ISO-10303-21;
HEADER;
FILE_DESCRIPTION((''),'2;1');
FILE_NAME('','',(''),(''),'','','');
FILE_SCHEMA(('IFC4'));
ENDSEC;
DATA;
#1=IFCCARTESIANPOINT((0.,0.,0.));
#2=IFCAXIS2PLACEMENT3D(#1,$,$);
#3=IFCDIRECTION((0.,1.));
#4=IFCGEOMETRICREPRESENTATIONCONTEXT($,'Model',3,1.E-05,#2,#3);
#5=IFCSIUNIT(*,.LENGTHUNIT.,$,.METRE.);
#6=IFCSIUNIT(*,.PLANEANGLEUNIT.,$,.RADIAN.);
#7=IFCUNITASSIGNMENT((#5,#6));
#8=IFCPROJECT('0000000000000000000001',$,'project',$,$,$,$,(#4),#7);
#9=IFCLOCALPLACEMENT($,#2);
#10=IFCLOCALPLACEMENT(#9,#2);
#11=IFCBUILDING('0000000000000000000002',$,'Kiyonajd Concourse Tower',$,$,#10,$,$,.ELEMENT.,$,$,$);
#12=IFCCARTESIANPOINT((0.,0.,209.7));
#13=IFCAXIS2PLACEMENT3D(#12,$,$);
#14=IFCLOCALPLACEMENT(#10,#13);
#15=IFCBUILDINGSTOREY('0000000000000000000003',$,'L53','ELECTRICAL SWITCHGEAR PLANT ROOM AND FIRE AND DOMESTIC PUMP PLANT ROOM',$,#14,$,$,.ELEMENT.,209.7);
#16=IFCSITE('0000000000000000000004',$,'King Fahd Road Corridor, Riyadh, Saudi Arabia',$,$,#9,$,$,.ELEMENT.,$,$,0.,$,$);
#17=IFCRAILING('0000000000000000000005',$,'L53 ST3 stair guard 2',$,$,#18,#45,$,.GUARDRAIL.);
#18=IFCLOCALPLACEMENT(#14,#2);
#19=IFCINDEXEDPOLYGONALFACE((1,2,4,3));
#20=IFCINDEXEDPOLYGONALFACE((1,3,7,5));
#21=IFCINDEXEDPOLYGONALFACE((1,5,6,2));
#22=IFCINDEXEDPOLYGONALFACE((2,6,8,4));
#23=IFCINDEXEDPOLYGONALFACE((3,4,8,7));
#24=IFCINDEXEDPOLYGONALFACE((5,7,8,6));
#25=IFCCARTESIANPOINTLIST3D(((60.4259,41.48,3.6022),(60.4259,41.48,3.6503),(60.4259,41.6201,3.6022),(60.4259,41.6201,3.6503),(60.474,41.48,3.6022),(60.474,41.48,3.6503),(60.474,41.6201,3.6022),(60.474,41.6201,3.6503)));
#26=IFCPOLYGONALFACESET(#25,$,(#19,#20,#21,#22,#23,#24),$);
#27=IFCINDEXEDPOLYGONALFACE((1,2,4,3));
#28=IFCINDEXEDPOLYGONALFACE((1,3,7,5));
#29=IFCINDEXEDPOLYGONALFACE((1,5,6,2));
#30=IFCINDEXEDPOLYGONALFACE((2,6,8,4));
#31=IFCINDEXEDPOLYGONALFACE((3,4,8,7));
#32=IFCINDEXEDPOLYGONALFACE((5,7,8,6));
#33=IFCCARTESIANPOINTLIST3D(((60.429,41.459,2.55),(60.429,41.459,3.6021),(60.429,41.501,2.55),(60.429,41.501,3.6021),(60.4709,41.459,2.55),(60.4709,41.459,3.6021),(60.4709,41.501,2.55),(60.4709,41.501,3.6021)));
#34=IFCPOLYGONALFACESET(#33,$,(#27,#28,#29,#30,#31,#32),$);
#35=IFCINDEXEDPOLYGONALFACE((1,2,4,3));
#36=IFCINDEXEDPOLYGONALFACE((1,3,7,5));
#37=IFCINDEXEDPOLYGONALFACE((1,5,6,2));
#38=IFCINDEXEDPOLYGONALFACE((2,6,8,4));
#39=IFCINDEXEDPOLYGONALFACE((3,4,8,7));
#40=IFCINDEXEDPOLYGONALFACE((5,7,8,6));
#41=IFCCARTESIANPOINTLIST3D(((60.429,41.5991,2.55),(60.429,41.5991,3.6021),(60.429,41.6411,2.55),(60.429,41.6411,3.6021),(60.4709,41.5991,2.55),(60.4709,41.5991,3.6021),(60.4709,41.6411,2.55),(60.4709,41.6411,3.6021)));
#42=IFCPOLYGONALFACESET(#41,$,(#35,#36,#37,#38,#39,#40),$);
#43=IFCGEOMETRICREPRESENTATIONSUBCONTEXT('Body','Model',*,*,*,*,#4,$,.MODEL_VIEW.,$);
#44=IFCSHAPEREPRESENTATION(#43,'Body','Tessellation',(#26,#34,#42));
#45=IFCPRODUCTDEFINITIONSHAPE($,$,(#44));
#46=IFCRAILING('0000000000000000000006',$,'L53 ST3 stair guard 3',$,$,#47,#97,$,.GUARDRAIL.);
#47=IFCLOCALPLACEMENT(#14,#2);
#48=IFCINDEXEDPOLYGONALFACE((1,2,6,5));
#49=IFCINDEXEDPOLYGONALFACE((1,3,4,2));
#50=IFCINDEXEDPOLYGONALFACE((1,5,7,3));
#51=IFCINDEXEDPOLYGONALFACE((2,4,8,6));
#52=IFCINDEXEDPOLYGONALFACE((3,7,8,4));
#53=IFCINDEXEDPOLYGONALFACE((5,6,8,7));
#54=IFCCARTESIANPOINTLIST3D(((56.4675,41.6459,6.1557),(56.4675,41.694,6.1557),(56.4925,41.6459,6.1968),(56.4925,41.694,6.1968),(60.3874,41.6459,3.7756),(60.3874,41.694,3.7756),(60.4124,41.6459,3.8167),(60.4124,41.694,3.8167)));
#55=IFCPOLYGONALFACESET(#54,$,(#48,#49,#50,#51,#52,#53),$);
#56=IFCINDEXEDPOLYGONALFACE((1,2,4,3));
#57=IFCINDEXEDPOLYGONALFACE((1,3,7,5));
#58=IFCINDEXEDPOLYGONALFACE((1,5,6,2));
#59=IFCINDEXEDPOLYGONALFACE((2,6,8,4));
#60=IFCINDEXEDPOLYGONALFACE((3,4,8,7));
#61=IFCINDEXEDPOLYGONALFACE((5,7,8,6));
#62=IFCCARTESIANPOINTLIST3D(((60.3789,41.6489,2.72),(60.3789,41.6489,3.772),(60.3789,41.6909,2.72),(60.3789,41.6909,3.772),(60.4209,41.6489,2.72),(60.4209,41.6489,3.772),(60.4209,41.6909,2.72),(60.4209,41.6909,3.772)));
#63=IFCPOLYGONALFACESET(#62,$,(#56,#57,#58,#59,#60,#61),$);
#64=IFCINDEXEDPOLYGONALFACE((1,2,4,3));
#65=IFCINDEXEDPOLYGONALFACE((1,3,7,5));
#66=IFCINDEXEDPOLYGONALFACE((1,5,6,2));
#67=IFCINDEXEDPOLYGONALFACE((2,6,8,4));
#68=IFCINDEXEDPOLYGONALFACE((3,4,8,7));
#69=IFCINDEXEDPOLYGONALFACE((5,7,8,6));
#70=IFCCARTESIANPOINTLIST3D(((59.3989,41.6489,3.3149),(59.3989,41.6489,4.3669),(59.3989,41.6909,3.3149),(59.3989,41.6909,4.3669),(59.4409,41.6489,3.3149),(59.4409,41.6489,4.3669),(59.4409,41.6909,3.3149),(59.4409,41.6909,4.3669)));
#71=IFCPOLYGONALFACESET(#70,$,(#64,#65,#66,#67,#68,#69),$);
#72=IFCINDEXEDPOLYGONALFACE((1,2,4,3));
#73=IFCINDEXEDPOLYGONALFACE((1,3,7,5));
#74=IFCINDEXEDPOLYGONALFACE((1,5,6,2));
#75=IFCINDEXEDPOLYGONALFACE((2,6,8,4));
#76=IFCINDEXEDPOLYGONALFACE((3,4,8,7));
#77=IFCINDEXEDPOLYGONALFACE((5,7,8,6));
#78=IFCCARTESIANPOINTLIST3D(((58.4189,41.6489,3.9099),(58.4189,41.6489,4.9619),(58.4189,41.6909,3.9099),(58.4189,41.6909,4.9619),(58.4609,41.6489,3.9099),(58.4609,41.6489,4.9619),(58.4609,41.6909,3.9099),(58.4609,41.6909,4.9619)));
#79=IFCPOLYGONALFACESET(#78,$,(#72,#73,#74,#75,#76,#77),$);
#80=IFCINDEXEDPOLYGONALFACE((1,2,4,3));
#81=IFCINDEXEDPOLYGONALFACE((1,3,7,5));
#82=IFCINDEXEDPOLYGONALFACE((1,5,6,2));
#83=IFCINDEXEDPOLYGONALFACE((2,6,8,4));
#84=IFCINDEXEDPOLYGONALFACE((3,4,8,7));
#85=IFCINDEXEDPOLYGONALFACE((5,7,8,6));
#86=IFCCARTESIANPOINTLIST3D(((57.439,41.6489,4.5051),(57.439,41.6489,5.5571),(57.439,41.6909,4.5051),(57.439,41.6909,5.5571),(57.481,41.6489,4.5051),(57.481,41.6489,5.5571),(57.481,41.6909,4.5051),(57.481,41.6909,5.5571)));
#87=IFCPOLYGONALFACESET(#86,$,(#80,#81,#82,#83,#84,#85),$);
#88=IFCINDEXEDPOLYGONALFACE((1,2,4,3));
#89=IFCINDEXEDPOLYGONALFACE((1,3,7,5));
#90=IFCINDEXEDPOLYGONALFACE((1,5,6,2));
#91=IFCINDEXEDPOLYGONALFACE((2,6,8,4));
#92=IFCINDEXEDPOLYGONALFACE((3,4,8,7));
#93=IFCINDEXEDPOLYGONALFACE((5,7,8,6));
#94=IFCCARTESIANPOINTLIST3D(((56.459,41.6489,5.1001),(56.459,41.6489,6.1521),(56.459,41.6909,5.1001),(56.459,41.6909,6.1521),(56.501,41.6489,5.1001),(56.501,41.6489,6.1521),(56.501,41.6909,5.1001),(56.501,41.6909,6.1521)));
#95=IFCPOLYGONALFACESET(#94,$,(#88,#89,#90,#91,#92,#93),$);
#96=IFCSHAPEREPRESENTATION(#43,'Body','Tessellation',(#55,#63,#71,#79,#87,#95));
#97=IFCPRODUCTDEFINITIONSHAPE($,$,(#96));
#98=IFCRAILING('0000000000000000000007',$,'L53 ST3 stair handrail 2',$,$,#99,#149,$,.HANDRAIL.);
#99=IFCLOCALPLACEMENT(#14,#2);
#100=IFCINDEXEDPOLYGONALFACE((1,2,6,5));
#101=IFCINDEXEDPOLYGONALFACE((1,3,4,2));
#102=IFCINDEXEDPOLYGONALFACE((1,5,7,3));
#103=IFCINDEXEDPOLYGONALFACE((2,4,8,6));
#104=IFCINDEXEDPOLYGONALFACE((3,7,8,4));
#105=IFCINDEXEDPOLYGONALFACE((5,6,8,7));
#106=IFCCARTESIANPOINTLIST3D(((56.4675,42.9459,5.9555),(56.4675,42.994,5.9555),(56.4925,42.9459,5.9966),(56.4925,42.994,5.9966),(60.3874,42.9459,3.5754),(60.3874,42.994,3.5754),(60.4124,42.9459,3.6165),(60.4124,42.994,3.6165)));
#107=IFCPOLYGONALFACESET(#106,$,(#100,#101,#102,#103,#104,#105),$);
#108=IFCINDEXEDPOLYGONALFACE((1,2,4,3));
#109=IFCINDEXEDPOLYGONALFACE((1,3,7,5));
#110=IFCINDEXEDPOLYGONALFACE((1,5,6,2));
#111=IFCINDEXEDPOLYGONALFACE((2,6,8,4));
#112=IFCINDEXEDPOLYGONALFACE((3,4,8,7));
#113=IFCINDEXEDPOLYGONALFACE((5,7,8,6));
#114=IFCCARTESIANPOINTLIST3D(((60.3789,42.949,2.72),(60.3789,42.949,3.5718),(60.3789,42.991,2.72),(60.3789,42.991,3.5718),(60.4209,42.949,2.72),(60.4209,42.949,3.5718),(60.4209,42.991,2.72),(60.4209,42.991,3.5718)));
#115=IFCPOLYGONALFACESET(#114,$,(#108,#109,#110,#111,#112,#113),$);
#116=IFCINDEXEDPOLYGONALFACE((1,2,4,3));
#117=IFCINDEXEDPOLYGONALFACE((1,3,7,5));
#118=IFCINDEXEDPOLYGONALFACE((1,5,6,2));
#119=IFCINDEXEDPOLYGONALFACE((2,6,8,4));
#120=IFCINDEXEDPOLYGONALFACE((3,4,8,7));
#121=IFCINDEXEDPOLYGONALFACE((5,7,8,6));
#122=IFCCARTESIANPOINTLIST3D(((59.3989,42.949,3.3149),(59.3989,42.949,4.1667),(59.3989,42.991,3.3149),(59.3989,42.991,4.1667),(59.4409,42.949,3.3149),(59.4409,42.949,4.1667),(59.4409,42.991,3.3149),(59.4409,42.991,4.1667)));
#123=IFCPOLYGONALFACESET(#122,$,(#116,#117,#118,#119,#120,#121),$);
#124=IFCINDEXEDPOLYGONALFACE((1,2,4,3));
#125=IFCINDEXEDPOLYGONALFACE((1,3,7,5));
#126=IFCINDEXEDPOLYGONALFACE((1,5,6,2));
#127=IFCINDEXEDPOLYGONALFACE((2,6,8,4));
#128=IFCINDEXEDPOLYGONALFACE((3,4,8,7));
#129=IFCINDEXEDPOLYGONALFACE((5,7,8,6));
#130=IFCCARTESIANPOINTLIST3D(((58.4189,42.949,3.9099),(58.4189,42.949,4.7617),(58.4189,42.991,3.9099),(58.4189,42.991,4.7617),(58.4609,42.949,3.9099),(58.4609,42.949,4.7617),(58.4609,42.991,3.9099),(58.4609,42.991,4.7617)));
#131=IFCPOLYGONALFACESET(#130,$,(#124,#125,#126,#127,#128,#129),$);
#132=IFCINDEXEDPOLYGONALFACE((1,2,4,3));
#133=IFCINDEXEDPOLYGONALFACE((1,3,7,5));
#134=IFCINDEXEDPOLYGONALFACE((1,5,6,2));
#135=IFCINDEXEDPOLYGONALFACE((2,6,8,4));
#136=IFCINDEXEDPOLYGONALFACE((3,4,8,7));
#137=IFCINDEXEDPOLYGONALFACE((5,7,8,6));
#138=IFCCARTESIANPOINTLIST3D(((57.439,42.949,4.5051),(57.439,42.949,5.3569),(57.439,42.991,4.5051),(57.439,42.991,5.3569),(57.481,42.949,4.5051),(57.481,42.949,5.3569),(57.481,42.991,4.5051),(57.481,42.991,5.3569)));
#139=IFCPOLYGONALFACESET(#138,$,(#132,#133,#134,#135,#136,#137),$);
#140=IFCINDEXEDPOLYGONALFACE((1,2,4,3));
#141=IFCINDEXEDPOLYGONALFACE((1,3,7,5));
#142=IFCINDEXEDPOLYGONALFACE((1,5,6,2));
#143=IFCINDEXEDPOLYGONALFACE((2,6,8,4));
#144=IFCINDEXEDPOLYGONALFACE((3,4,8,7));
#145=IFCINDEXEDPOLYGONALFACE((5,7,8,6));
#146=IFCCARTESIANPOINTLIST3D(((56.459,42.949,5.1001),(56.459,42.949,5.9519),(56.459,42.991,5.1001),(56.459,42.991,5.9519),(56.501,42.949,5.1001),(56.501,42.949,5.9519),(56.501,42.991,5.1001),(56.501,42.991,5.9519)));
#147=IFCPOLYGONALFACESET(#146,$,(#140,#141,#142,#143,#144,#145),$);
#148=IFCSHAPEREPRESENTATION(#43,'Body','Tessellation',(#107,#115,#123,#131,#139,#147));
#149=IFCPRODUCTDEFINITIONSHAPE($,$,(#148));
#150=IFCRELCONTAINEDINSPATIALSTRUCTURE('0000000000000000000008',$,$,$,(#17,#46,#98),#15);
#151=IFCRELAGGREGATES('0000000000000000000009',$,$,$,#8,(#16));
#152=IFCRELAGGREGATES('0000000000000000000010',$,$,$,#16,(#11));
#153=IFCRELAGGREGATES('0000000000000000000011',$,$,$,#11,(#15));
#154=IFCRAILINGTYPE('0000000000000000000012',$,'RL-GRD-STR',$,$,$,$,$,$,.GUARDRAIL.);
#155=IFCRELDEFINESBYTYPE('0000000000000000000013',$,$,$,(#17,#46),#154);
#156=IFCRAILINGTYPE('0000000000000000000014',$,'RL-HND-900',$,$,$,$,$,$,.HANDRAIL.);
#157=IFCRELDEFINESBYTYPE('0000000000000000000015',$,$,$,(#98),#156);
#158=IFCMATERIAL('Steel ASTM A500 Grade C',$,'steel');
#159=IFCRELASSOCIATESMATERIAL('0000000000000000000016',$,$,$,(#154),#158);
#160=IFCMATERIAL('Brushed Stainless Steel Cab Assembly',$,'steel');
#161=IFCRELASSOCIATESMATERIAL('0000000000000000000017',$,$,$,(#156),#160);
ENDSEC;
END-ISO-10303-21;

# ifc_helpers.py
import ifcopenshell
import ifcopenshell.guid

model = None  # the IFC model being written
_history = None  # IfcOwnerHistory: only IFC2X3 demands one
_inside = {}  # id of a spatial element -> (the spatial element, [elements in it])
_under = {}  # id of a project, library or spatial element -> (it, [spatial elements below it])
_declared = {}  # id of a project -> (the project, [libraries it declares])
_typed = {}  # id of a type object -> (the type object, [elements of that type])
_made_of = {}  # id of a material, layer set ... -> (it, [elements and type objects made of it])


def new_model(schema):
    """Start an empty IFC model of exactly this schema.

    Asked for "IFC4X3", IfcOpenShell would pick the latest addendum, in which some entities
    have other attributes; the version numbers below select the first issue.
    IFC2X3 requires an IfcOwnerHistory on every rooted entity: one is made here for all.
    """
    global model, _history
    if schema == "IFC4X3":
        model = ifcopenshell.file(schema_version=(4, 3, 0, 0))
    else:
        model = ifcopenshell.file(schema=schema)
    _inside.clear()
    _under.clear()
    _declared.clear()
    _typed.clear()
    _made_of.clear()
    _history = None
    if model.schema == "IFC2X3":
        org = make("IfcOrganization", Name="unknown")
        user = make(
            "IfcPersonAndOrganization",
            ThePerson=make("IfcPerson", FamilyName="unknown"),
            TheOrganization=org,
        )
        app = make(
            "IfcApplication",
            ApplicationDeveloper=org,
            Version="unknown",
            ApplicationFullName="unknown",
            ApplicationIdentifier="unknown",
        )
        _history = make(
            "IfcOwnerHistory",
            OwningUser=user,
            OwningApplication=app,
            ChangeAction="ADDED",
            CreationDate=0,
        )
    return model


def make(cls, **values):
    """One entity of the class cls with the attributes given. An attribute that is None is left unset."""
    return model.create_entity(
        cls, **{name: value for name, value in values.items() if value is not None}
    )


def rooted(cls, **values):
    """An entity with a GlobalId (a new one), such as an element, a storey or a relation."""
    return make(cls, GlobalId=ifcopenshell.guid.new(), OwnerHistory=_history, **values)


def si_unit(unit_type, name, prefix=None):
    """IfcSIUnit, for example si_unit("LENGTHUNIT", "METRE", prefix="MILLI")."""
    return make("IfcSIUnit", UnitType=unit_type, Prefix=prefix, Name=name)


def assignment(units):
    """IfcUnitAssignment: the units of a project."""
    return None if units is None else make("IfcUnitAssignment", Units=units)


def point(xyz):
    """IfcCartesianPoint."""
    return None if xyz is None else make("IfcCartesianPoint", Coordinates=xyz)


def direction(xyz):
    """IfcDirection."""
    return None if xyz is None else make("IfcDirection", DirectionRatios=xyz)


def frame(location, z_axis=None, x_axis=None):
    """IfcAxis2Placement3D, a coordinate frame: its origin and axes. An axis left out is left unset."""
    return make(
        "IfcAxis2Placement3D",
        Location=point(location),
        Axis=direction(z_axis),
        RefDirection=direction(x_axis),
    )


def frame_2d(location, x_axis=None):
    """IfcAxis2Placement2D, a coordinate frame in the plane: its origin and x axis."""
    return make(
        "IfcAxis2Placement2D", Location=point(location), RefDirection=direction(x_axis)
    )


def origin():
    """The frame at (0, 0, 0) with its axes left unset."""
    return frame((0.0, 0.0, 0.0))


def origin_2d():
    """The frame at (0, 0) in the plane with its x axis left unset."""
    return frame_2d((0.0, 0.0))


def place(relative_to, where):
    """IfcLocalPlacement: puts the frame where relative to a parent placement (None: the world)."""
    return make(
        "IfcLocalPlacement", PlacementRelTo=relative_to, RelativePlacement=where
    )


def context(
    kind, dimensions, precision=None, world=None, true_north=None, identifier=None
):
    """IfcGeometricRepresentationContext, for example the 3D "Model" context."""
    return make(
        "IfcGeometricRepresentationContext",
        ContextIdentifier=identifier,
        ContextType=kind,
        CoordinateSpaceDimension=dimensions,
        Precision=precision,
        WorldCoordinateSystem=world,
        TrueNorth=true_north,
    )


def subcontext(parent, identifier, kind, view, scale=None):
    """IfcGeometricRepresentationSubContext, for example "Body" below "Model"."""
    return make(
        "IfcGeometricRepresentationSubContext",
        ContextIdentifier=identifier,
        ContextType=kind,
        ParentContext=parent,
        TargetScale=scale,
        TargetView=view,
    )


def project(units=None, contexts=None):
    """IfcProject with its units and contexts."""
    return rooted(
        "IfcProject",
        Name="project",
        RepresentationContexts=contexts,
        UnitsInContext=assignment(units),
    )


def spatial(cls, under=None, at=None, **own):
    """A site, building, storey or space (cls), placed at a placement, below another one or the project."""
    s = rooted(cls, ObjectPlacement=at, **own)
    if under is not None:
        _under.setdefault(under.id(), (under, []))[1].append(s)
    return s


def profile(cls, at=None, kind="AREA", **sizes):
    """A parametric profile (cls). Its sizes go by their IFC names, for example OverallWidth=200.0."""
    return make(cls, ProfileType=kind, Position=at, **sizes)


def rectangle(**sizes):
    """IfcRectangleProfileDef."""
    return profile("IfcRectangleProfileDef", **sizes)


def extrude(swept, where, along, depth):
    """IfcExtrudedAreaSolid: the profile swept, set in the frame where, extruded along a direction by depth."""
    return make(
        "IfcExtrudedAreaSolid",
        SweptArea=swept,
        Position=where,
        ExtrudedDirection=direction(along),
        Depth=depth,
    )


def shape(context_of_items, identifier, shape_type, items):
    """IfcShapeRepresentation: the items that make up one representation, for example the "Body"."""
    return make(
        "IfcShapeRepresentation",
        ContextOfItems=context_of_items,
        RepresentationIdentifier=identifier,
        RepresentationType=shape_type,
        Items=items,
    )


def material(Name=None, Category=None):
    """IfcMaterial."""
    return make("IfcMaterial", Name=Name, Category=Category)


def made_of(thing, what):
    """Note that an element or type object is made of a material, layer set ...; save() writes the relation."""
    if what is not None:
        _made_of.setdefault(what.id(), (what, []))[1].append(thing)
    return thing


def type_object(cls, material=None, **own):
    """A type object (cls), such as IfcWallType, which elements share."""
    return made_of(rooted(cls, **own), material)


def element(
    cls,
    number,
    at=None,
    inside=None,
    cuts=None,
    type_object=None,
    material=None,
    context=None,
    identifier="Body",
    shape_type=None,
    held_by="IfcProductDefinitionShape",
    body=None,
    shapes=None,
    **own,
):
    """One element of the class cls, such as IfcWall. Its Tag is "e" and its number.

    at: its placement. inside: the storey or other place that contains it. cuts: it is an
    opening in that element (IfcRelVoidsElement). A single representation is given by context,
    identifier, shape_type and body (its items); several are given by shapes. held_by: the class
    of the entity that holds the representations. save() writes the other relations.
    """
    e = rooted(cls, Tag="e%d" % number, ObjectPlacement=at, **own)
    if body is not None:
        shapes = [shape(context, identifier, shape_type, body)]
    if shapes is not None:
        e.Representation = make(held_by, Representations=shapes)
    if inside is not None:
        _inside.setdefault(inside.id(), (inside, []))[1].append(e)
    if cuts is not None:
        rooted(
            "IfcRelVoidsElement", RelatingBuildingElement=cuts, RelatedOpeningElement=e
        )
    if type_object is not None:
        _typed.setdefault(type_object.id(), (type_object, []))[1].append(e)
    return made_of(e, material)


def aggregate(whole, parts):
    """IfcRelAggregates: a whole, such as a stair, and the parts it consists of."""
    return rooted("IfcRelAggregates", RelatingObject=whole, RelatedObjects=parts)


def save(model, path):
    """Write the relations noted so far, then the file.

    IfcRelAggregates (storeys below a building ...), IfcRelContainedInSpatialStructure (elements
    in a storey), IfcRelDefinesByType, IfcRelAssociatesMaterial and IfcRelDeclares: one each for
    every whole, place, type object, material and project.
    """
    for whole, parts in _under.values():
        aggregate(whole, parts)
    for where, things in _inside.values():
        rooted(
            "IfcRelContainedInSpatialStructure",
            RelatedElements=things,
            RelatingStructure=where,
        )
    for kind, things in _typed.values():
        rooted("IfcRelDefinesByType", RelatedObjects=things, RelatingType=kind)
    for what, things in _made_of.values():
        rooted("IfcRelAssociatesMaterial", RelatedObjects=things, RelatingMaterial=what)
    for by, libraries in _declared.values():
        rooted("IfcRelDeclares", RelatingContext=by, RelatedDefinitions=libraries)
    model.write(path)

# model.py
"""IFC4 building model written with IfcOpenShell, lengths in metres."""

from ifc_helpers import new_model, si_unit, direction, frame, origin, origin_2d, place, context, subcontext, project, spatial, rectangle, extrude, material, type_object, element, save


model = new_model("IFC4")

# Units and contexts
model_context = context("Model", 3, precision=1e-05, world=origin(), true_north=direction((0.0, 1.0)))
body_context = subcontext(model_context, "Body", "Model", "MODEL_VIEW")
ifc_project = project(units=[si_unit("LENGTHUNIT", "METRE"), si_unit("PLANEANGLEUNIT", "RADIAN")], contexts=[model_context])

# Site, building, storey
site_placement = place(None, origin())
site = spatial("IfcSite", under=ifc_project, at=site_placement, Name="King Fahd Road Corridor, Riyadh, Saudi Arabia", CompositionType="ELEMENT", RefElevation=0.0)
building_placement = place(site_placement, origin())
building = spatial("IfcBuilding", under=site, at=building_placement, Name="Kiyonajd Concourse Tower", CompositionType="ELEMENT")
storey_placement = place(building_placement, frame((0.0, 0.0, 209.7)))
storey = spatial("IfcBuildingStorey", under=building, at=storey_placement, Name="L53", Description="ELECTRICAL SWITCHGEAR PLANT ROOM AND FIRE AND DOMESTIC PUMP PLANT ROOM", CompositionType="ELEMENT", Elevation=209.7)

# Shared definitions
ifc_material_1 = material(Name="Steel ASTM A500 Grade C", Category="steel")

# Railings
railing_type_1 = type_object("IfcRailingType", Name="RL-GRD-STR", PredefinedType="GUARDRAIL", material=ifc_material_1)
railing_1_placement = place(storey_placement, frame((60.45, 41.48, 2.55)))
element("IfcRailing", 1, at=railing_1_placement, inside=storey, type_object=railing_type_1, Name="L53 ST3 stair guard 2", PredefinedType="GUARDRAIL", context=body_context, shape_type="SweptSolid", body=[
    extrude(rectangle(XDim=0.0481, YDim=0.0481, at=origin_2d()), frame((0.0, 0.0, 1.0762), z_axis=(0.0, 1.0, 0.0), x_axis=(-1.0, 0.0, 0.0)), (0.0, 0.0, 1.0), 0.1401),
    extrude(rectangle(XDim=0.042, YDim=0.042, at=origin_2d()), origin(), (0.0, 0.0, 1.0), 1.052),
    extrude(rectangle(XDim=0.042, YDim=0.042, at=origin_2d()), frame((0.0, 0.1401, 0.0)), (0.0, 0.0, 1.0), 1.052),
])
railing_2_placement = place(storey_placement, frame((60.3999, 41.6699, 2.72)))
element("IfcRailing", 2, at=railing_2_placement, inside=storey, type_object=railing_type_1, Name="L53 ST3 stair guard 3", PredefinedType="GUARDRAIL", context=body_context, shape_type="SweptSolid", body=[
    extrude(rectangle(XDim=0.0481, YDim=0.0481, at=origin_2d()), frame((0.0, 0.0, 1.0762), z_axis=(-0.854771, 0.0, 0.519006), x_axis=(0.0, -1.0, 0.0)), (0.0, 0.0, 1.0), 4.5859),
    extrude(rectangle(XDim=0.042, YDim=0.042, at=origin_2d()), origin(), (0.0, 0.0, 1.0), 1.052),
    extrude(rectangle(XDim=0.042, YDim=0.042, at=origin_2d()), frame((-0.98, 0.0, 0.595)), (0.0, 0.0, 1.0), 1.052),
    extrude(rectangle(XDim=0.042, YDim=0.042, at=origin_2d()), frame((-1.96, 0.0, 1.1899)), (0.0, 0.0, 1.0), 1.052),
    extrude(rectangle(XDim=0.042, YDim=0.042, at=origin_2d()), frame((-2.9399, 0.0, 1.7852)), (0.0, 0.0, 1.0), 1.052),
    extrude(rectangle(XDim=0.042, YDim=0.042, at=origin_2d()), frame((-3.9199, 0.0, 2.3801)), (0.0, 0.0, 1.0), 1.052),
])
ifc_material_2 = material(Name="Brushed Stainless Steel Cab Assembly", Category="steel")
railing_type_2 = type_object("IfcRailingType", Name="RL-HND-900", PredefinedType="HANDRAIL", material=ifc_material_2)
railing_3_placement = place(storey_placement, frame((60.3999, 42.97, 2.72)))
element("IfcRailing", 3, at=railing_3_placement, inside=storey, type_object=railing_type_2, Name="L53 ST3 stair handrail 2", PredefinedType="HANDRAIL", context=body_context, shape_type="SweptSolid", body=[
    extrude(rectangle(XDim=0.0481, YDim=0.0481, at=origin_2d()), frame((0.0, 0.0, 0.876), z_axis=(-0.854771, 0.0, 0.519006), x_axis=(0.0, -1.0, 0.0)), (0.0, 0.0, 1.0), 4.5859),
    extrude(rectangle(XDim=0.042, YDim=0.042, at=origin_2d()), origin(), (0.0, 0.0, 1.0), 0.8518),
    extrude(rectangle(XDim=0.042, YDim=0.042, at=origin_2d()), frame((-0.98, 0.0, 0.595)), (0.0, 0.0, 1.0), 0.8518),
    extrude(rectangle(XDim=0.042, YDim=0.042, at=origin_2d()), frame((-1.96, 0.0, 1.1899)), (0.0, 0.0, 1.0), 0.8518),
    extrude(rectangle(XDim=0.042, YDim=0.042, at=origin_2d()), frame((-2.9399, 0.0, 1.7852)), (0.0, 0.0, 1.0), 0.8518),
    extrude(rectangle(XDim=0.042, YDim=0.042, at=origin_2d()), frame((-3.9199, 0.0, 2.3801)), (0.0, 0.0, 1.0), 0.8518),
])

save(model, "model.ifc")
